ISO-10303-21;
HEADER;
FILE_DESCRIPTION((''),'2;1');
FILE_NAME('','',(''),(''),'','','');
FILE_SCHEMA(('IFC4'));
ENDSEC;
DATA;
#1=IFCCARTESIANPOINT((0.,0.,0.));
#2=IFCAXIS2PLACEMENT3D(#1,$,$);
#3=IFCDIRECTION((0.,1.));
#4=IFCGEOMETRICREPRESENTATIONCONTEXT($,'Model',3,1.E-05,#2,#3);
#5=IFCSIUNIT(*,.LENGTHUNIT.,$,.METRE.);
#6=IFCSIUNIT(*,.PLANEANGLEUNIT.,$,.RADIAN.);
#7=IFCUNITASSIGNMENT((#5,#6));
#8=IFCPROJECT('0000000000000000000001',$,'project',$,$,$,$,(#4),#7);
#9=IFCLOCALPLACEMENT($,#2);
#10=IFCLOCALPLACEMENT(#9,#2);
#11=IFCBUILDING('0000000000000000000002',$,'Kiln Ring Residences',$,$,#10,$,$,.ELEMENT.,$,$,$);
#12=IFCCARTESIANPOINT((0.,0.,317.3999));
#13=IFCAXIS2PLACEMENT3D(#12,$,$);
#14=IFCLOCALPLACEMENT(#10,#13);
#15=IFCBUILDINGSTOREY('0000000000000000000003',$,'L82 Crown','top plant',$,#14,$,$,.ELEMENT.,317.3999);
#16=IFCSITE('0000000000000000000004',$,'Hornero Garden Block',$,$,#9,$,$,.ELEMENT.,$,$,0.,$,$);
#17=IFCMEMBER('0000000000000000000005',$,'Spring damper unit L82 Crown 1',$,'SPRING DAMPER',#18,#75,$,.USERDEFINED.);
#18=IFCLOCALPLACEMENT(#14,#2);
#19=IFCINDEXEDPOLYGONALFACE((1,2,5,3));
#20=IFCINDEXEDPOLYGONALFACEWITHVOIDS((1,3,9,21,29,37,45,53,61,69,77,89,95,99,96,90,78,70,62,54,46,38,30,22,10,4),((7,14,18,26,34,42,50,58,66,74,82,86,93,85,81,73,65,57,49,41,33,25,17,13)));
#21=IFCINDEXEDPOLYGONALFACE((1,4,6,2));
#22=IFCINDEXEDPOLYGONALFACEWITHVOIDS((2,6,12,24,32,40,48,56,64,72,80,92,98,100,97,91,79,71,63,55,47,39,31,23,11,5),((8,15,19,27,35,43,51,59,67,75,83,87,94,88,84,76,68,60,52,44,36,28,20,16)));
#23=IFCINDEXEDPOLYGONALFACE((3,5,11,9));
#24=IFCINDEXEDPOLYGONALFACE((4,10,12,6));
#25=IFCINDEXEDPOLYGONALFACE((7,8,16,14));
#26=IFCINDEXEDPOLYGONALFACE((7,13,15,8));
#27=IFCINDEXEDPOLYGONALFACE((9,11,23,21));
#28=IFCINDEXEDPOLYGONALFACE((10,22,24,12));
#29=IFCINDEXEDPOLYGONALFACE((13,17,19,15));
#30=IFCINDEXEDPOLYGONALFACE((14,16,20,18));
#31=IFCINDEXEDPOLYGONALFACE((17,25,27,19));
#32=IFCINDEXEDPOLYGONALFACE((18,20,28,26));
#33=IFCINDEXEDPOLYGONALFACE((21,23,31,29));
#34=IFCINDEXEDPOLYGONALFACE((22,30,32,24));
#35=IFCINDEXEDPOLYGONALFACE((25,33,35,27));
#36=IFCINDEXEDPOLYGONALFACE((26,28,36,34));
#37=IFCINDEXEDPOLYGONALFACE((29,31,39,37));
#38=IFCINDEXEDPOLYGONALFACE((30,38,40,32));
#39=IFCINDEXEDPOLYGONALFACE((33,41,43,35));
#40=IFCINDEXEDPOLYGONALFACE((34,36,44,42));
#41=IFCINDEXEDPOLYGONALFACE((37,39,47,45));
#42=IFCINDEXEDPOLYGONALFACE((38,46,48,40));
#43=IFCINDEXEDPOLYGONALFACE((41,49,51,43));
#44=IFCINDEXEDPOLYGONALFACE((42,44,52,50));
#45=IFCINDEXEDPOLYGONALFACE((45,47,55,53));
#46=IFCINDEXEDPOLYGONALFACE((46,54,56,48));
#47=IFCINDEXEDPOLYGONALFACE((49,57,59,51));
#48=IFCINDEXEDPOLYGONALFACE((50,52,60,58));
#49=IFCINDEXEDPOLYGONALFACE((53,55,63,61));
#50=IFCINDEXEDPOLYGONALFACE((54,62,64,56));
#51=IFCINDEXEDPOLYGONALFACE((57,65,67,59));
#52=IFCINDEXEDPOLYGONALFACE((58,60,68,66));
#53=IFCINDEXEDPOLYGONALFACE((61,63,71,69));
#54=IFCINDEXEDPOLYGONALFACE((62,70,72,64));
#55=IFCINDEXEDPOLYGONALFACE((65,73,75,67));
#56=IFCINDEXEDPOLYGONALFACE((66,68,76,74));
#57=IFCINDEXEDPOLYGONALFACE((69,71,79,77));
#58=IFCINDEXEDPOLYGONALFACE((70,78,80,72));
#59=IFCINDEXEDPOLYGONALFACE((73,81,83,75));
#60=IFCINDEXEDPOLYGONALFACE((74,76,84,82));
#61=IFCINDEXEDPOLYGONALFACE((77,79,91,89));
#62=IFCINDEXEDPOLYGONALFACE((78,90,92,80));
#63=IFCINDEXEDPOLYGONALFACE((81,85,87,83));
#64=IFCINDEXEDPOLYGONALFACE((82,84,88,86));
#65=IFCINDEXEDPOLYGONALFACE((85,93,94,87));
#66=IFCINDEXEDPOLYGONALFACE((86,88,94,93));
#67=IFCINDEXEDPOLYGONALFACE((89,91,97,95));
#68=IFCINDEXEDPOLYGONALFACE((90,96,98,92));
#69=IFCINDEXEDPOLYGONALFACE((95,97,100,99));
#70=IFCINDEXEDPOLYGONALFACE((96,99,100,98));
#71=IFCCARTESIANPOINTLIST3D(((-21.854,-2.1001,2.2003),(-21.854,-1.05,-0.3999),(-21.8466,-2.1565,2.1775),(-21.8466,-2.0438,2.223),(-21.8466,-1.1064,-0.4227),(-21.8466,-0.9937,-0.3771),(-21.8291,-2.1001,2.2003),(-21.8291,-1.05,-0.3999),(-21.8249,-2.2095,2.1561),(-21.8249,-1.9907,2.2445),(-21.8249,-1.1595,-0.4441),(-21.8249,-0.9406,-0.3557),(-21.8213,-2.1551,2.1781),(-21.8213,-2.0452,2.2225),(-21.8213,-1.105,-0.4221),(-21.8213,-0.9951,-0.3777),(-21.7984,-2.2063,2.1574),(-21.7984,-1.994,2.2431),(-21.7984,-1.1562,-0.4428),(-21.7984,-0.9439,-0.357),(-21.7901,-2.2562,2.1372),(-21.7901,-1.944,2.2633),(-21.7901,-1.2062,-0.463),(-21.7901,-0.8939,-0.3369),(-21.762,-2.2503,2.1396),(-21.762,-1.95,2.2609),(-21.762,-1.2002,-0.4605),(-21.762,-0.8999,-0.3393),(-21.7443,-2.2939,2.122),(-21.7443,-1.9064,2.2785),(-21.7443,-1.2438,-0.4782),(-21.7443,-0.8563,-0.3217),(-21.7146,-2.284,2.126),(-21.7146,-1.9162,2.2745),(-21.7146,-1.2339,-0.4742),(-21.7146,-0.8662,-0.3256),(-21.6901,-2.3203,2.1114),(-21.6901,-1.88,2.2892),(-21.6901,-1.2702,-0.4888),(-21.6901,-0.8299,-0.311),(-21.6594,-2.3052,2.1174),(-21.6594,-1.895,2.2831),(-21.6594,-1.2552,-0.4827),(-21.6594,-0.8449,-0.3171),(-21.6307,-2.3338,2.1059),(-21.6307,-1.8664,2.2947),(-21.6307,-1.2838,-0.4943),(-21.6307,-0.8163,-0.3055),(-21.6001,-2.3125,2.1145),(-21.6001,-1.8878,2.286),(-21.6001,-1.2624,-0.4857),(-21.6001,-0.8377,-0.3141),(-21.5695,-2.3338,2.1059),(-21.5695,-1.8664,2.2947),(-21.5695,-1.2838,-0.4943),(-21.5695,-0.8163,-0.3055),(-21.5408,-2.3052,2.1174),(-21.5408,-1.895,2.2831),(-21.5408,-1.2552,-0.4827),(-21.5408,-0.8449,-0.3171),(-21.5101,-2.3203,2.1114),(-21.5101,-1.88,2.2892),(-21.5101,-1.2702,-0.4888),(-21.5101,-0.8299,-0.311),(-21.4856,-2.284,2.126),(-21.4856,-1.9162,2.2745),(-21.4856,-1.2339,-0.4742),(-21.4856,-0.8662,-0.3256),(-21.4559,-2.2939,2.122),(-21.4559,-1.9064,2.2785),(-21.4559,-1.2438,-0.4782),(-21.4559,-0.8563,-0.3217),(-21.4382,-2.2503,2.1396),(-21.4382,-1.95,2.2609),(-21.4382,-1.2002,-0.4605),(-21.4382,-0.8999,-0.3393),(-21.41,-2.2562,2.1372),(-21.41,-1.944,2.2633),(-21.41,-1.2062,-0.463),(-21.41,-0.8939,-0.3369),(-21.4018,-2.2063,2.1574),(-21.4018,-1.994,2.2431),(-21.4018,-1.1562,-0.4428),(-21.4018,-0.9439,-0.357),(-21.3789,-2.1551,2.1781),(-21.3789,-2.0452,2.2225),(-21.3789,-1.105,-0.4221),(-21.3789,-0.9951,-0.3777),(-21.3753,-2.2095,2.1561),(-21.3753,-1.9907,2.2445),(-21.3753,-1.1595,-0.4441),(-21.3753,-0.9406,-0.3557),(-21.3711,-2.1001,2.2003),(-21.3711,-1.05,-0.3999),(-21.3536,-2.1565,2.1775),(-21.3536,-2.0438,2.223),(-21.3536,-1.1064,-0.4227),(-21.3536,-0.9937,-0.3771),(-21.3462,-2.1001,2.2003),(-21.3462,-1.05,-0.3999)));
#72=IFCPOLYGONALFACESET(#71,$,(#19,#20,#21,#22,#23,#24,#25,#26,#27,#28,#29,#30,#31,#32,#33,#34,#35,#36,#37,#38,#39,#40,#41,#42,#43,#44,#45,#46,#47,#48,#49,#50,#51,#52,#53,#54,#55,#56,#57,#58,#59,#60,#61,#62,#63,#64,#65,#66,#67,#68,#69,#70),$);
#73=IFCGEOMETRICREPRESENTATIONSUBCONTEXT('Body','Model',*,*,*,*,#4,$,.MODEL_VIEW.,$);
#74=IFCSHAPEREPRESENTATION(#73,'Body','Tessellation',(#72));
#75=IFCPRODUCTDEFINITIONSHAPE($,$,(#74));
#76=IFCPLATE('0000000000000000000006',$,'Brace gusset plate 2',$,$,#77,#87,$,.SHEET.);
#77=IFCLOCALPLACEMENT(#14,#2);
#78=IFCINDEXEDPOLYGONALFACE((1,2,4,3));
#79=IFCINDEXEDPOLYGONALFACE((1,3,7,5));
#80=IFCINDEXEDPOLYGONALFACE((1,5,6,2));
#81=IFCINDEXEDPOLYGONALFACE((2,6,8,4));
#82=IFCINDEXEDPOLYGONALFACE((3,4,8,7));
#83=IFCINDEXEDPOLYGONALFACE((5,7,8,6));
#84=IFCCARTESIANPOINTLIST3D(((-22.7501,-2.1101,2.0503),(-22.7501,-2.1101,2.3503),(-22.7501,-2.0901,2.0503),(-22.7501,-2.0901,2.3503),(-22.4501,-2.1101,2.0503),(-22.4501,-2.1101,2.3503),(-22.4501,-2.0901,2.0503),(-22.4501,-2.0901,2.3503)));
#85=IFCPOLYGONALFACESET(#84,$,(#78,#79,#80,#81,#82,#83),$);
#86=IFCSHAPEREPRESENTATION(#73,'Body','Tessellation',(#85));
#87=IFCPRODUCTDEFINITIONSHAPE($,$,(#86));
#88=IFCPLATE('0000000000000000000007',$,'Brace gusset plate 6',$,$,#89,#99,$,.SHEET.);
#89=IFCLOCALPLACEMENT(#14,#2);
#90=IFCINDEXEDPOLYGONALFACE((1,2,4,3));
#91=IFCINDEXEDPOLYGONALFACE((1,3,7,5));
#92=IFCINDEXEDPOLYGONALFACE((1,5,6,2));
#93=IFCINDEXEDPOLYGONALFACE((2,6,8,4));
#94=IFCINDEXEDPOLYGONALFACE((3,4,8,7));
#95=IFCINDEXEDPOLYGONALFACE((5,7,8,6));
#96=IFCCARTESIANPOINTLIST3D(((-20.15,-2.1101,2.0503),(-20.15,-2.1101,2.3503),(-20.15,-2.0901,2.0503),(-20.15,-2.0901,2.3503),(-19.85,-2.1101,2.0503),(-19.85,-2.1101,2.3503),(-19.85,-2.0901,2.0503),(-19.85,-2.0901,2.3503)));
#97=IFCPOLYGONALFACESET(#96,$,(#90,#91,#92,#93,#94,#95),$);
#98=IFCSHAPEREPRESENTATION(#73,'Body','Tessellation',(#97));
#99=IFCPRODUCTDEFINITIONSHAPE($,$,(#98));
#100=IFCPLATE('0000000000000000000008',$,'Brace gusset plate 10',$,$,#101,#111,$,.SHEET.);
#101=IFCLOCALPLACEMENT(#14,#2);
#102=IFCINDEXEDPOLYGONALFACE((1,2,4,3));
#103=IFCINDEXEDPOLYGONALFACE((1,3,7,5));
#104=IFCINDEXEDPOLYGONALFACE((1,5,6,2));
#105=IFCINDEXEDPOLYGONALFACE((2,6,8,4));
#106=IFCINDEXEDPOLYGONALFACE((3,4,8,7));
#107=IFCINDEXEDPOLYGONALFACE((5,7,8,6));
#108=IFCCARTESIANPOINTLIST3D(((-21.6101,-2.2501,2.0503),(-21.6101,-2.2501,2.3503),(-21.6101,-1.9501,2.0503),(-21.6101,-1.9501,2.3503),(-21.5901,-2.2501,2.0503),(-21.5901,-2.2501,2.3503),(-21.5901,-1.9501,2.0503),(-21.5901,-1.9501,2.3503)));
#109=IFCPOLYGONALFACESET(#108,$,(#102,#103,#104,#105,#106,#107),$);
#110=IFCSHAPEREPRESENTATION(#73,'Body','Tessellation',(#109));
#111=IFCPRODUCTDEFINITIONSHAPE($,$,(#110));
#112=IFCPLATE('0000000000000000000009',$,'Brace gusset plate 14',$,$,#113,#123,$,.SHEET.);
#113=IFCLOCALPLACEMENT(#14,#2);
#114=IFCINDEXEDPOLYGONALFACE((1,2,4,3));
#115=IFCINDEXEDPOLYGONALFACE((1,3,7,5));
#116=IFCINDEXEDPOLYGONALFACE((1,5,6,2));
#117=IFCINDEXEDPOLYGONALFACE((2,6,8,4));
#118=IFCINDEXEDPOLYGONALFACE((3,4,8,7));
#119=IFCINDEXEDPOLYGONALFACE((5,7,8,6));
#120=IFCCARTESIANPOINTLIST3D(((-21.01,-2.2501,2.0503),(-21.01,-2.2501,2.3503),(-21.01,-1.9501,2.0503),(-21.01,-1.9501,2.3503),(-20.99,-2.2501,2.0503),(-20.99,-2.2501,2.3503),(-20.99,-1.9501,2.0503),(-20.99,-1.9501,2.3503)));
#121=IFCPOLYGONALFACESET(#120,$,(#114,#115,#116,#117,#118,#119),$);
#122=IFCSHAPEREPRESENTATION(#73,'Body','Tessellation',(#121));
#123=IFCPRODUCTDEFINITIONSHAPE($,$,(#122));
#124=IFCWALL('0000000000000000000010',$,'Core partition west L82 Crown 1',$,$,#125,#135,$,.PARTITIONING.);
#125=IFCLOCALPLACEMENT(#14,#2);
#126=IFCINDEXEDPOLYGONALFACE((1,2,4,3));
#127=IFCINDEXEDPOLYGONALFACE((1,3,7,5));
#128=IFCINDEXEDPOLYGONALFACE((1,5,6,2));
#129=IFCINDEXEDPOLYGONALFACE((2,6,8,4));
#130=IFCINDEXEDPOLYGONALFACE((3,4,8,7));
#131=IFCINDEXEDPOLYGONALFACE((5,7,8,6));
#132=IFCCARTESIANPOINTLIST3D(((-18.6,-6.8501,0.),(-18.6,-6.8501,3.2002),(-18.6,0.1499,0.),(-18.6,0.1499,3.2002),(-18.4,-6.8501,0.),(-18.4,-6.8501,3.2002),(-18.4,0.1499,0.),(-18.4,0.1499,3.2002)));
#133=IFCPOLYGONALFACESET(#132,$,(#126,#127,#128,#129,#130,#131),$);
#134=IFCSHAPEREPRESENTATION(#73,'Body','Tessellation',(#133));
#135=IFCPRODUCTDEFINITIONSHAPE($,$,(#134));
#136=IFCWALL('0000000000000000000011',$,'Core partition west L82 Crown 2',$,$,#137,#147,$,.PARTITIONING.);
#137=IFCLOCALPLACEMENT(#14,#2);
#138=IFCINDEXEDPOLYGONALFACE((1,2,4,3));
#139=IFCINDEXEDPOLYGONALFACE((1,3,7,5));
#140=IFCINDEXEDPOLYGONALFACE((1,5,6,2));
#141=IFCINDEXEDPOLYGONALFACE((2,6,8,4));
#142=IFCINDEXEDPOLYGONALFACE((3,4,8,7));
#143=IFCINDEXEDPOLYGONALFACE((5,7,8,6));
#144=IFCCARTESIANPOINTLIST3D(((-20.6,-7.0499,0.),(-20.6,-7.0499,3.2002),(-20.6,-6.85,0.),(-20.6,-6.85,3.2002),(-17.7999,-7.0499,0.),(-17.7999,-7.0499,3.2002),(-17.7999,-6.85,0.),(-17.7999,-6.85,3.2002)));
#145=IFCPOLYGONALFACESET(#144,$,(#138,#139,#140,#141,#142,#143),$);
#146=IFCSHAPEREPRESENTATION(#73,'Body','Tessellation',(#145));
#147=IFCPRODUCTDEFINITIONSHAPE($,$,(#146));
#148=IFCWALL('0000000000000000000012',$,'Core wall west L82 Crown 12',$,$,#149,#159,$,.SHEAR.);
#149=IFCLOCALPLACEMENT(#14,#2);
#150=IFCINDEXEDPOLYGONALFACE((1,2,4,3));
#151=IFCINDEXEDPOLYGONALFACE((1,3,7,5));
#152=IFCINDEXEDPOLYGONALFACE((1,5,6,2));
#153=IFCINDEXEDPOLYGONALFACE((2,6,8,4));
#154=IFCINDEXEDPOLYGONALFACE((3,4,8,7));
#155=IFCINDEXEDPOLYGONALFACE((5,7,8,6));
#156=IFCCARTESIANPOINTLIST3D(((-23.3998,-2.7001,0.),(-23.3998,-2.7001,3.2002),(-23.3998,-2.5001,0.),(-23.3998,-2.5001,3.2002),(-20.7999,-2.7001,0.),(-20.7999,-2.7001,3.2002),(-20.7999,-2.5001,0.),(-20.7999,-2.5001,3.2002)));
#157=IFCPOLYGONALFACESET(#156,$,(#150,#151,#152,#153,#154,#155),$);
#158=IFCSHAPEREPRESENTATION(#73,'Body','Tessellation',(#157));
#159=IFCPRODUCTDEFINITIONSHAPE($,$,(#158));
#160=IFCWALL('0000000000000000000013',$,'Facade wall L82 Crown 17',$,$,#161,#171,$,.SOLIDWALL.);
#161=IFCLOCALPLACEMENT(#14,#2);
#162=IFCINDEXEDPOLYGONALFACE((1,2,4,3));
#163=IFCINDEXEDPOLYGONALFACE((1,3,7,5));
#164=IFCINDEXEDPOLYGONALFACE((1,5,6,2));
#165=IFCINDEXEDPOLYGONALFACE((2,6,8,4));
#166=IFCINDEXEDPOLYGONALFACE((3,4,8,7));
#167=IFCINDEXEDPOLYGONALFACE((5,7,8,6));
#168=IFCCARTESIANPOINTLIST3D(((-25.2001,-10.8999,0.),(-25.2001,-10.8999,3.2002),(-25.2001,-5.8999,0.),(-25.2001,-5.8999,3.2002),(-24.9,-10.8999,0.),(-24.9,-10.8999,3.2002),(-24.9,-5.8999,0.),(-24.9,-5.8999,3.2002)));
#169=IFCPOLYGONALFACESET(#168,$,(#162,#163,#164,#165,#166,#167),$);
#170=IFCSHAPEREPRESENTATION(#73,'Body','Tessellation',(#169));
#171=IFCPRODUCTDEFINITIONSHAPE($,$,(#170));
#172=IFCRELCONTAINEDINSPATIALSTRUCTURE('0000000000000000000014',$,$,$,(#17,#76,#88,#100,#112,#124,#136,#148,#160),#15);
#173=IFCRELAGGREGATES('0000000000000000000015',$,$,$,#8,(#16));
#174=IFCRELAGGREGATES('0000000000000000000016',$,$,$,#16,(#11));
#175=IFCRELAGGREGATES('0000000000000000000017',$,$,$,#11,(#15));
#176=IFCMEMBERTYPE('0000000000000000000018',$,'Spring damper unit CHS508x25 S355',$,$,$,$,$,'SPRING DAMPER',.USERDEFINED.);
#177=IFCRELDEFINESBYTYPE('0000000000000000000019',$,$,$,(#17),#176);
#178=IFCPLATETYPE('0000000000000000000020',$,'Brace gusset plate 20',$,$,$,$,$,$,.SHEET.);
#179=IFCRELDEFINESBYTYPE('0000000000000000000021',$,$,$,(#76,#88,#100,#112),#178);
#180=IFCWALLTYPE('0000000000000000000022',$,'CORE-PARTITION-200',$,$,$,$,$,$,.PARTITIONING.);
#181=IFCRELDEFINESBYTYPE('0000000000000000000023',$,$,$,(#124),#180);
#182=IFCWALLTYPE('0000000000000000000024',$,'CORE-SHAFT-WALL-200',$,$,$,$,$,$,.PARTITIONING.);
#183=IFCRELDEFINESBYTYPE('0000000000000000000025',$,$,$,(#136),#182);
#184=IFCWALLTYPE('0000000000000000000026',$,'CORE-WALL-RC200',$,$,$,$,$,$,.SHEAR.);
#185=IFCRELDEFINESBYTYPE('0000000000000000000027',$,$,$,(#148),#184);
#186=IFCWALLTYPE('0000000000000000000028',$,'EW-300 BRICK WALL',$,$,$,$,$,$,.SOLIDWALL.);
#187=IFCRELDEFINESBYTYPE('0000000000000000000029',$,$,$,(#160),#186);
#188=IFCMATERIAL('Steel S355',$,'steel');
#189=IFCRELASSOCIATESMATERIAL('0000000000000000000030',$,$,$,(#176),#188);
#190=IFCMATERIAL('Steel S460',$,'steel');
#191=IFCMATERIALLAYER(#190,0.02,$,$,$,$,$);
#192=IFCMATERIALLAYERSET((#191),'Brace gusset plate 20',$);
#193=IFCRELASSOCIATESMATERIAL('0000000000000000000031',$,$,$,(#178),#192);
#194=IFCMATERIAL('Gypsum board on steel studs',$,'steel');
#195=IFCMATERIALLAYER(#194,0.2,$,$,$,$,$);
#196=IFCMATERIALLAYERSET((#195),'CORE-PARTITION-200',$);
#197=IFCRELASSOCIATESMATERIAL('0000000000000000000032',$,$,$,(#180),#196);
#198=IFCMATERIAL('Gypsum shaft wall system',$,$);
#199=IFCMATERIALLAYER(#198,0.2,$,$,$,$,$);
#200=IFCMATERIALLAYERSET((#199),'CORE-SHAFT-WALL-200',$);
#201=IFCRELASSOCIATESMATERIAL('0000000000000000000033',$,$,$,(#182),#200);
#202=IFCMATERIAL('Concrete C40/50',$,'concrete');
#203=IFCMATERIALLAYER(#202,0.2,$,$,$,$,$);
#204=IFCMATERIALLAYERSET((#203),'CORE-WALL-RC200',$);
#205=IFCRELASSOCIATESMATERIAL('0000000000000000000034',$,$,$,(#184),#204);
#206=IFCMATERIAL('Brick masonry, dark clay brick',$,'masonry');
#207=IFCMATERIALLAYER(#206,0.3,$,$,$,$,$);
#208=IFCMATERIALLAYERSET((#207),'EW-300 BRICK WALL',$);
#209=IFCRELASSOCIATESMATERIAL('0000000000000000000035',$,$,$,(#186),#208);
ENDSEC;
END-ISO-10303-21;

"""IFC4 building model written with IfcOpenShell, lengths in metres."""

from ifc_helpers import new_model, si_unit, direction, frame, frame_2d, origin, origin_2d, place, context, subcontext, project, spatial, rectangle, hollow_circle, extrude, material, layer, layer_set, material_profile, profile_set, type_object, element, save


model = new_model("IFC4")

# Units and contexts
model_context = context("Model", 3, precision=1e-05, world=origin(), true_north=direction((0.0, 1.0)))
body_context = subcontext(model_context, "Body", "Model", "MODEL_VIEW")
ifc_project = project(units=[si_unit("LENGTHUNIT", "METRE"), si_unit("PLANEANGLEUNIT", "RADIAN")], contexts=[model_context])

# Site, building, storey
site_placement = place(None, origin())
site = spatial("IfcSite", under=ifc_project, at=site_placement, Name="Hornero Garden Block", CompositionType="ELEMENT", RefElevation=0.0)
building_placement = place(site_placement, origin())
building = spatial("IfcBuilding", under=site, at=building_placement, Name="Kiln Ring Residences", CompositionType="ELEMENT")
storey_placement = place(building_placement, frame((0.0, 0.0, 317.3999)))
storey = spatial("IfcBuildingStorey", under=building, at=storey_placement, Name="L82 Crown", Description="top plant", CompositionType="ELEMENT", Elevation=317.3999)

# Member
ifc_material_1 = material(Name="Steel S355", Category="steel")
ifc_material_profile_1 = material_profile(ifc_material_1, hollow_circle(Radius=0.2539, WallThickness=0.0249, at=origin_2d()), Name="CHS508x25")
ifc_profile_set_1 = profile_set([ifc_material_profile_1], Name="Steel S355")
member_type_1 = type_object("IfcMemberType", Name="Spring damper unit CHS508x25 S355", ElementType="SPRING DAMPER", PredefinedType="USERDEFINED", material=ifc_profile_set_1)
member_placement = place(storey_placement, frame((-21.6001, -1.05, -0.3999), z_axis=(0.0, -0.374466, 0.927241), x_axis=(1.0, 0.0, 0.0)))
element("IfcMember", 1, at=member_placement, inside=storey, type_object=member_type_1, Name="Spring damper unit L82 Crown 1", ObjectType="SPRING DAMPER", PredefinedType="USERDEFINED", context=body_context, shape_type="SweptSolid", body=[
    extrude(hollow_circle(Radius=0.2539, WallThickness=0.0249, at=origin_2d()), origin(), (0.0, 0.0, 1.0), 2.8042),
])

# Plates
ifc_material_2 = material(Name="Steel S460", Category="steel")
ifc_layer_1 = layer(ifc_material_2, 0.02)
ifc_layer_set_1 = layer_set([ifc_layer_1], Name="Brace gusset plate 20")
plate_type = type_object("IfcPlateType", Name="Brace gusset plate 20", PredefinedType="SHEET", material=ifc_layer_set_1)
for number, where, z_axis, x_axis, name in (
    (2, (-22.6001, -2.1001, 2.0503), (0.0, 0.0, 1.0), (1.0, 0.0, 0.0), "Brace gusset plate 2"),
    (3, (-20.0, -2.1001, 2.0503), (0.0, 0.0, 1.0), (1.0, 0.0, 0.0), "Brace gusset plate 6"),
):
    element("IfcPlate", number, at=place(storey_placement, frame(where, z_axis=z_axis, x_axis=x_axis)), inside=storey, type_object=plate_type, Name=name, PredefinedType="SHEET", context=body_context, shape_type="SweptSolid", body=[
        extrude(rectangle(XDim=0.3, YDim=0.02, at=origin_2d()), origin(), (0.0, 0.0, 1.0), 0.3),
    ])
for number, where, z_axis, x_axis, name in (
    (4, (-21.6001, -2.1001, 2.0503), (0.0, 0.0, 1.0), (1.0, 0.0, 0.0), "Brace gusset plate 10"),
    (5, (-21.0, -2.1001, 2.0503), (0.0, 0.0, 1.0), (1.0, 0.0, 0.0), "Brace gusset plate 14"),
):
    element("IfcPlate", number, at=place(storey_placement, frame(where, z_axis=z_axis, x_axis=x_axis)), inside=storey, type_object=plate_type, Name=name, PredefinedType="SHEET", context=body_context, shape_type="SweptSolid", body=[
        extrude(rectangle(XDim=0.02, YDim=0.3, at=origin_2d()), origin(), (0.0, 0.0, 1.0), 0.3),
    ])

# Walls
ifc_material_3 = material(Name="Gypsum board on steel studs", Category="steel")
ifc_layer_2 = layer(ifc_material_3, 0.2)
ifc_layer_set_2 = layer_set([ifc_layer_2], Name="CORE-PARTITION-200")
wall_type_1 = type_object("IfcWallType", Name="CORE-PARTITION-200", PredefinedType="PARTITIONING", material=ifc_layer_set_2)
wall_1_placement = place(storey_placement, frame((-18.5, -6.8501, 0.0), z_axis=(0.0, 0.0, 1.0), x_axis=(0.0, 1.0, 0.0)))
element("IfcWall", 6, at=wall_1_placement, inside=storey, type_object=wall_type_1, Name="Core partition west L82 Crown 1", PredefinedType="PARTITIONING", context=body_context, shape_type="SweptSolid", body=[
    extrude(rectangle(XDim=7.0, YDim=0.2, at=frame_2d((3.5, 0.0))), origin(), (0.0, 0.0, 1.0), 3.2002),
])
ifc_material_4 = material(Name="Gypsum shaft wall system")
ifc_layer_3 = layer(ifc_material_4, 0.2)
ifc_layer_set_3 = layer_set([ifc_layer_3], Name="CORE-SHAFT-WALL-200")
wall_type_2 = type_object("IfcWallType", Name="CORE-SHAFT-WALL-200", PredefinedType="PARTITIONING", material=ifc_layer_set_3)
wall_2_placement = place(storey_placement, frame((-17.8, -6.95, 0.0), z_axis=(0.0, 0.0, 1.0), x_axis=(-1.0, 0.0, 0.0)))
element("IfcWall", 7, at=wall_2_placement, inside=storey, type_object=wall_type_2, Name="Core partition west L82 Crown 2", PredefinedType="PARTITIONING", context=body_context, shape_type="SweptSolid", body=[
    extrude(rectangle(XDim=2.8, YDim=0.2, at=frame_2d((1.3999, 0.0))), origin(), (0.0, 0.0, 1.0), 3.2002),
])
ifc_material_5 = material(Name="Concrete C40/50", Category="concrete")
ifc_layer_4 = layer(ifc_material_5, 0.2)
ifc_layer_set_4 = layer_set([ifc_layer_4], Name="CORE-WALL-RC200")
wall_type_3 = type_object("IfcWallType", Name="CORE-WALL-RC200", PredefinedType="SHEAR", material=ifc_layer_set_4)
wall_3_placement = place(storey_placement, frame((-20.8, -2.6001, 0.0), z_axis=(0.0, 0.0, 1.0), x_axis=(-1.0, 0.0, 0.0)))
element("IfcWall", 8, at=wall_3_placement, inside=storey, type_object=wall_type_3, Name="Core wall west L82 Crown 12", PredefinedType="SHEAR", context=body_context, shape_type="SweptSolid", body=[
    extrude(rectangle(XDim=2.5999, YDim=0.2, at=frame_2d((1.2998, 0.0))), origin(), (0.0, 0.0, 1.0), 3.2002),
])
ifc_material_6 = material(Name="Brick masonry, dark clay brick", Category="masonry")
ifc_layer_5 = layer(ifc_material_6, 0.3)
ifc_layer_set_5 = layer_set([ifc_layer_5], Name="EW-300 BRICK WALL")
wall_type_4 = type_object("IfcWallType", Name="EW-300 BRICK WALL", PredefinedType="SOLIDWALL", material=ifc_layer_set_5)
wall_4_placement = place(storey_placement, frame((-25.05, -5.8999, 0.0), z_axis=(0.0, 0.0, 1.0), x_axis=(0.0, -1.0, 0.0)))
element("IfcWall", 9, at=wall_4_placement, inside=storey, type_object=wall_type_4, Name="Facade wall L82 Crown 17", PredefinedType="SOLIDWALL", context=body_context, shape_type="SweptSolid", body=[
    extrude(rectangle(XDim=5.0, YDim=0.3, at=frame_2d((2.5, 0.0))), origin(), (0.0, 0.0, 1.0), 3.2002),
])

save(model, "model.ifc")
